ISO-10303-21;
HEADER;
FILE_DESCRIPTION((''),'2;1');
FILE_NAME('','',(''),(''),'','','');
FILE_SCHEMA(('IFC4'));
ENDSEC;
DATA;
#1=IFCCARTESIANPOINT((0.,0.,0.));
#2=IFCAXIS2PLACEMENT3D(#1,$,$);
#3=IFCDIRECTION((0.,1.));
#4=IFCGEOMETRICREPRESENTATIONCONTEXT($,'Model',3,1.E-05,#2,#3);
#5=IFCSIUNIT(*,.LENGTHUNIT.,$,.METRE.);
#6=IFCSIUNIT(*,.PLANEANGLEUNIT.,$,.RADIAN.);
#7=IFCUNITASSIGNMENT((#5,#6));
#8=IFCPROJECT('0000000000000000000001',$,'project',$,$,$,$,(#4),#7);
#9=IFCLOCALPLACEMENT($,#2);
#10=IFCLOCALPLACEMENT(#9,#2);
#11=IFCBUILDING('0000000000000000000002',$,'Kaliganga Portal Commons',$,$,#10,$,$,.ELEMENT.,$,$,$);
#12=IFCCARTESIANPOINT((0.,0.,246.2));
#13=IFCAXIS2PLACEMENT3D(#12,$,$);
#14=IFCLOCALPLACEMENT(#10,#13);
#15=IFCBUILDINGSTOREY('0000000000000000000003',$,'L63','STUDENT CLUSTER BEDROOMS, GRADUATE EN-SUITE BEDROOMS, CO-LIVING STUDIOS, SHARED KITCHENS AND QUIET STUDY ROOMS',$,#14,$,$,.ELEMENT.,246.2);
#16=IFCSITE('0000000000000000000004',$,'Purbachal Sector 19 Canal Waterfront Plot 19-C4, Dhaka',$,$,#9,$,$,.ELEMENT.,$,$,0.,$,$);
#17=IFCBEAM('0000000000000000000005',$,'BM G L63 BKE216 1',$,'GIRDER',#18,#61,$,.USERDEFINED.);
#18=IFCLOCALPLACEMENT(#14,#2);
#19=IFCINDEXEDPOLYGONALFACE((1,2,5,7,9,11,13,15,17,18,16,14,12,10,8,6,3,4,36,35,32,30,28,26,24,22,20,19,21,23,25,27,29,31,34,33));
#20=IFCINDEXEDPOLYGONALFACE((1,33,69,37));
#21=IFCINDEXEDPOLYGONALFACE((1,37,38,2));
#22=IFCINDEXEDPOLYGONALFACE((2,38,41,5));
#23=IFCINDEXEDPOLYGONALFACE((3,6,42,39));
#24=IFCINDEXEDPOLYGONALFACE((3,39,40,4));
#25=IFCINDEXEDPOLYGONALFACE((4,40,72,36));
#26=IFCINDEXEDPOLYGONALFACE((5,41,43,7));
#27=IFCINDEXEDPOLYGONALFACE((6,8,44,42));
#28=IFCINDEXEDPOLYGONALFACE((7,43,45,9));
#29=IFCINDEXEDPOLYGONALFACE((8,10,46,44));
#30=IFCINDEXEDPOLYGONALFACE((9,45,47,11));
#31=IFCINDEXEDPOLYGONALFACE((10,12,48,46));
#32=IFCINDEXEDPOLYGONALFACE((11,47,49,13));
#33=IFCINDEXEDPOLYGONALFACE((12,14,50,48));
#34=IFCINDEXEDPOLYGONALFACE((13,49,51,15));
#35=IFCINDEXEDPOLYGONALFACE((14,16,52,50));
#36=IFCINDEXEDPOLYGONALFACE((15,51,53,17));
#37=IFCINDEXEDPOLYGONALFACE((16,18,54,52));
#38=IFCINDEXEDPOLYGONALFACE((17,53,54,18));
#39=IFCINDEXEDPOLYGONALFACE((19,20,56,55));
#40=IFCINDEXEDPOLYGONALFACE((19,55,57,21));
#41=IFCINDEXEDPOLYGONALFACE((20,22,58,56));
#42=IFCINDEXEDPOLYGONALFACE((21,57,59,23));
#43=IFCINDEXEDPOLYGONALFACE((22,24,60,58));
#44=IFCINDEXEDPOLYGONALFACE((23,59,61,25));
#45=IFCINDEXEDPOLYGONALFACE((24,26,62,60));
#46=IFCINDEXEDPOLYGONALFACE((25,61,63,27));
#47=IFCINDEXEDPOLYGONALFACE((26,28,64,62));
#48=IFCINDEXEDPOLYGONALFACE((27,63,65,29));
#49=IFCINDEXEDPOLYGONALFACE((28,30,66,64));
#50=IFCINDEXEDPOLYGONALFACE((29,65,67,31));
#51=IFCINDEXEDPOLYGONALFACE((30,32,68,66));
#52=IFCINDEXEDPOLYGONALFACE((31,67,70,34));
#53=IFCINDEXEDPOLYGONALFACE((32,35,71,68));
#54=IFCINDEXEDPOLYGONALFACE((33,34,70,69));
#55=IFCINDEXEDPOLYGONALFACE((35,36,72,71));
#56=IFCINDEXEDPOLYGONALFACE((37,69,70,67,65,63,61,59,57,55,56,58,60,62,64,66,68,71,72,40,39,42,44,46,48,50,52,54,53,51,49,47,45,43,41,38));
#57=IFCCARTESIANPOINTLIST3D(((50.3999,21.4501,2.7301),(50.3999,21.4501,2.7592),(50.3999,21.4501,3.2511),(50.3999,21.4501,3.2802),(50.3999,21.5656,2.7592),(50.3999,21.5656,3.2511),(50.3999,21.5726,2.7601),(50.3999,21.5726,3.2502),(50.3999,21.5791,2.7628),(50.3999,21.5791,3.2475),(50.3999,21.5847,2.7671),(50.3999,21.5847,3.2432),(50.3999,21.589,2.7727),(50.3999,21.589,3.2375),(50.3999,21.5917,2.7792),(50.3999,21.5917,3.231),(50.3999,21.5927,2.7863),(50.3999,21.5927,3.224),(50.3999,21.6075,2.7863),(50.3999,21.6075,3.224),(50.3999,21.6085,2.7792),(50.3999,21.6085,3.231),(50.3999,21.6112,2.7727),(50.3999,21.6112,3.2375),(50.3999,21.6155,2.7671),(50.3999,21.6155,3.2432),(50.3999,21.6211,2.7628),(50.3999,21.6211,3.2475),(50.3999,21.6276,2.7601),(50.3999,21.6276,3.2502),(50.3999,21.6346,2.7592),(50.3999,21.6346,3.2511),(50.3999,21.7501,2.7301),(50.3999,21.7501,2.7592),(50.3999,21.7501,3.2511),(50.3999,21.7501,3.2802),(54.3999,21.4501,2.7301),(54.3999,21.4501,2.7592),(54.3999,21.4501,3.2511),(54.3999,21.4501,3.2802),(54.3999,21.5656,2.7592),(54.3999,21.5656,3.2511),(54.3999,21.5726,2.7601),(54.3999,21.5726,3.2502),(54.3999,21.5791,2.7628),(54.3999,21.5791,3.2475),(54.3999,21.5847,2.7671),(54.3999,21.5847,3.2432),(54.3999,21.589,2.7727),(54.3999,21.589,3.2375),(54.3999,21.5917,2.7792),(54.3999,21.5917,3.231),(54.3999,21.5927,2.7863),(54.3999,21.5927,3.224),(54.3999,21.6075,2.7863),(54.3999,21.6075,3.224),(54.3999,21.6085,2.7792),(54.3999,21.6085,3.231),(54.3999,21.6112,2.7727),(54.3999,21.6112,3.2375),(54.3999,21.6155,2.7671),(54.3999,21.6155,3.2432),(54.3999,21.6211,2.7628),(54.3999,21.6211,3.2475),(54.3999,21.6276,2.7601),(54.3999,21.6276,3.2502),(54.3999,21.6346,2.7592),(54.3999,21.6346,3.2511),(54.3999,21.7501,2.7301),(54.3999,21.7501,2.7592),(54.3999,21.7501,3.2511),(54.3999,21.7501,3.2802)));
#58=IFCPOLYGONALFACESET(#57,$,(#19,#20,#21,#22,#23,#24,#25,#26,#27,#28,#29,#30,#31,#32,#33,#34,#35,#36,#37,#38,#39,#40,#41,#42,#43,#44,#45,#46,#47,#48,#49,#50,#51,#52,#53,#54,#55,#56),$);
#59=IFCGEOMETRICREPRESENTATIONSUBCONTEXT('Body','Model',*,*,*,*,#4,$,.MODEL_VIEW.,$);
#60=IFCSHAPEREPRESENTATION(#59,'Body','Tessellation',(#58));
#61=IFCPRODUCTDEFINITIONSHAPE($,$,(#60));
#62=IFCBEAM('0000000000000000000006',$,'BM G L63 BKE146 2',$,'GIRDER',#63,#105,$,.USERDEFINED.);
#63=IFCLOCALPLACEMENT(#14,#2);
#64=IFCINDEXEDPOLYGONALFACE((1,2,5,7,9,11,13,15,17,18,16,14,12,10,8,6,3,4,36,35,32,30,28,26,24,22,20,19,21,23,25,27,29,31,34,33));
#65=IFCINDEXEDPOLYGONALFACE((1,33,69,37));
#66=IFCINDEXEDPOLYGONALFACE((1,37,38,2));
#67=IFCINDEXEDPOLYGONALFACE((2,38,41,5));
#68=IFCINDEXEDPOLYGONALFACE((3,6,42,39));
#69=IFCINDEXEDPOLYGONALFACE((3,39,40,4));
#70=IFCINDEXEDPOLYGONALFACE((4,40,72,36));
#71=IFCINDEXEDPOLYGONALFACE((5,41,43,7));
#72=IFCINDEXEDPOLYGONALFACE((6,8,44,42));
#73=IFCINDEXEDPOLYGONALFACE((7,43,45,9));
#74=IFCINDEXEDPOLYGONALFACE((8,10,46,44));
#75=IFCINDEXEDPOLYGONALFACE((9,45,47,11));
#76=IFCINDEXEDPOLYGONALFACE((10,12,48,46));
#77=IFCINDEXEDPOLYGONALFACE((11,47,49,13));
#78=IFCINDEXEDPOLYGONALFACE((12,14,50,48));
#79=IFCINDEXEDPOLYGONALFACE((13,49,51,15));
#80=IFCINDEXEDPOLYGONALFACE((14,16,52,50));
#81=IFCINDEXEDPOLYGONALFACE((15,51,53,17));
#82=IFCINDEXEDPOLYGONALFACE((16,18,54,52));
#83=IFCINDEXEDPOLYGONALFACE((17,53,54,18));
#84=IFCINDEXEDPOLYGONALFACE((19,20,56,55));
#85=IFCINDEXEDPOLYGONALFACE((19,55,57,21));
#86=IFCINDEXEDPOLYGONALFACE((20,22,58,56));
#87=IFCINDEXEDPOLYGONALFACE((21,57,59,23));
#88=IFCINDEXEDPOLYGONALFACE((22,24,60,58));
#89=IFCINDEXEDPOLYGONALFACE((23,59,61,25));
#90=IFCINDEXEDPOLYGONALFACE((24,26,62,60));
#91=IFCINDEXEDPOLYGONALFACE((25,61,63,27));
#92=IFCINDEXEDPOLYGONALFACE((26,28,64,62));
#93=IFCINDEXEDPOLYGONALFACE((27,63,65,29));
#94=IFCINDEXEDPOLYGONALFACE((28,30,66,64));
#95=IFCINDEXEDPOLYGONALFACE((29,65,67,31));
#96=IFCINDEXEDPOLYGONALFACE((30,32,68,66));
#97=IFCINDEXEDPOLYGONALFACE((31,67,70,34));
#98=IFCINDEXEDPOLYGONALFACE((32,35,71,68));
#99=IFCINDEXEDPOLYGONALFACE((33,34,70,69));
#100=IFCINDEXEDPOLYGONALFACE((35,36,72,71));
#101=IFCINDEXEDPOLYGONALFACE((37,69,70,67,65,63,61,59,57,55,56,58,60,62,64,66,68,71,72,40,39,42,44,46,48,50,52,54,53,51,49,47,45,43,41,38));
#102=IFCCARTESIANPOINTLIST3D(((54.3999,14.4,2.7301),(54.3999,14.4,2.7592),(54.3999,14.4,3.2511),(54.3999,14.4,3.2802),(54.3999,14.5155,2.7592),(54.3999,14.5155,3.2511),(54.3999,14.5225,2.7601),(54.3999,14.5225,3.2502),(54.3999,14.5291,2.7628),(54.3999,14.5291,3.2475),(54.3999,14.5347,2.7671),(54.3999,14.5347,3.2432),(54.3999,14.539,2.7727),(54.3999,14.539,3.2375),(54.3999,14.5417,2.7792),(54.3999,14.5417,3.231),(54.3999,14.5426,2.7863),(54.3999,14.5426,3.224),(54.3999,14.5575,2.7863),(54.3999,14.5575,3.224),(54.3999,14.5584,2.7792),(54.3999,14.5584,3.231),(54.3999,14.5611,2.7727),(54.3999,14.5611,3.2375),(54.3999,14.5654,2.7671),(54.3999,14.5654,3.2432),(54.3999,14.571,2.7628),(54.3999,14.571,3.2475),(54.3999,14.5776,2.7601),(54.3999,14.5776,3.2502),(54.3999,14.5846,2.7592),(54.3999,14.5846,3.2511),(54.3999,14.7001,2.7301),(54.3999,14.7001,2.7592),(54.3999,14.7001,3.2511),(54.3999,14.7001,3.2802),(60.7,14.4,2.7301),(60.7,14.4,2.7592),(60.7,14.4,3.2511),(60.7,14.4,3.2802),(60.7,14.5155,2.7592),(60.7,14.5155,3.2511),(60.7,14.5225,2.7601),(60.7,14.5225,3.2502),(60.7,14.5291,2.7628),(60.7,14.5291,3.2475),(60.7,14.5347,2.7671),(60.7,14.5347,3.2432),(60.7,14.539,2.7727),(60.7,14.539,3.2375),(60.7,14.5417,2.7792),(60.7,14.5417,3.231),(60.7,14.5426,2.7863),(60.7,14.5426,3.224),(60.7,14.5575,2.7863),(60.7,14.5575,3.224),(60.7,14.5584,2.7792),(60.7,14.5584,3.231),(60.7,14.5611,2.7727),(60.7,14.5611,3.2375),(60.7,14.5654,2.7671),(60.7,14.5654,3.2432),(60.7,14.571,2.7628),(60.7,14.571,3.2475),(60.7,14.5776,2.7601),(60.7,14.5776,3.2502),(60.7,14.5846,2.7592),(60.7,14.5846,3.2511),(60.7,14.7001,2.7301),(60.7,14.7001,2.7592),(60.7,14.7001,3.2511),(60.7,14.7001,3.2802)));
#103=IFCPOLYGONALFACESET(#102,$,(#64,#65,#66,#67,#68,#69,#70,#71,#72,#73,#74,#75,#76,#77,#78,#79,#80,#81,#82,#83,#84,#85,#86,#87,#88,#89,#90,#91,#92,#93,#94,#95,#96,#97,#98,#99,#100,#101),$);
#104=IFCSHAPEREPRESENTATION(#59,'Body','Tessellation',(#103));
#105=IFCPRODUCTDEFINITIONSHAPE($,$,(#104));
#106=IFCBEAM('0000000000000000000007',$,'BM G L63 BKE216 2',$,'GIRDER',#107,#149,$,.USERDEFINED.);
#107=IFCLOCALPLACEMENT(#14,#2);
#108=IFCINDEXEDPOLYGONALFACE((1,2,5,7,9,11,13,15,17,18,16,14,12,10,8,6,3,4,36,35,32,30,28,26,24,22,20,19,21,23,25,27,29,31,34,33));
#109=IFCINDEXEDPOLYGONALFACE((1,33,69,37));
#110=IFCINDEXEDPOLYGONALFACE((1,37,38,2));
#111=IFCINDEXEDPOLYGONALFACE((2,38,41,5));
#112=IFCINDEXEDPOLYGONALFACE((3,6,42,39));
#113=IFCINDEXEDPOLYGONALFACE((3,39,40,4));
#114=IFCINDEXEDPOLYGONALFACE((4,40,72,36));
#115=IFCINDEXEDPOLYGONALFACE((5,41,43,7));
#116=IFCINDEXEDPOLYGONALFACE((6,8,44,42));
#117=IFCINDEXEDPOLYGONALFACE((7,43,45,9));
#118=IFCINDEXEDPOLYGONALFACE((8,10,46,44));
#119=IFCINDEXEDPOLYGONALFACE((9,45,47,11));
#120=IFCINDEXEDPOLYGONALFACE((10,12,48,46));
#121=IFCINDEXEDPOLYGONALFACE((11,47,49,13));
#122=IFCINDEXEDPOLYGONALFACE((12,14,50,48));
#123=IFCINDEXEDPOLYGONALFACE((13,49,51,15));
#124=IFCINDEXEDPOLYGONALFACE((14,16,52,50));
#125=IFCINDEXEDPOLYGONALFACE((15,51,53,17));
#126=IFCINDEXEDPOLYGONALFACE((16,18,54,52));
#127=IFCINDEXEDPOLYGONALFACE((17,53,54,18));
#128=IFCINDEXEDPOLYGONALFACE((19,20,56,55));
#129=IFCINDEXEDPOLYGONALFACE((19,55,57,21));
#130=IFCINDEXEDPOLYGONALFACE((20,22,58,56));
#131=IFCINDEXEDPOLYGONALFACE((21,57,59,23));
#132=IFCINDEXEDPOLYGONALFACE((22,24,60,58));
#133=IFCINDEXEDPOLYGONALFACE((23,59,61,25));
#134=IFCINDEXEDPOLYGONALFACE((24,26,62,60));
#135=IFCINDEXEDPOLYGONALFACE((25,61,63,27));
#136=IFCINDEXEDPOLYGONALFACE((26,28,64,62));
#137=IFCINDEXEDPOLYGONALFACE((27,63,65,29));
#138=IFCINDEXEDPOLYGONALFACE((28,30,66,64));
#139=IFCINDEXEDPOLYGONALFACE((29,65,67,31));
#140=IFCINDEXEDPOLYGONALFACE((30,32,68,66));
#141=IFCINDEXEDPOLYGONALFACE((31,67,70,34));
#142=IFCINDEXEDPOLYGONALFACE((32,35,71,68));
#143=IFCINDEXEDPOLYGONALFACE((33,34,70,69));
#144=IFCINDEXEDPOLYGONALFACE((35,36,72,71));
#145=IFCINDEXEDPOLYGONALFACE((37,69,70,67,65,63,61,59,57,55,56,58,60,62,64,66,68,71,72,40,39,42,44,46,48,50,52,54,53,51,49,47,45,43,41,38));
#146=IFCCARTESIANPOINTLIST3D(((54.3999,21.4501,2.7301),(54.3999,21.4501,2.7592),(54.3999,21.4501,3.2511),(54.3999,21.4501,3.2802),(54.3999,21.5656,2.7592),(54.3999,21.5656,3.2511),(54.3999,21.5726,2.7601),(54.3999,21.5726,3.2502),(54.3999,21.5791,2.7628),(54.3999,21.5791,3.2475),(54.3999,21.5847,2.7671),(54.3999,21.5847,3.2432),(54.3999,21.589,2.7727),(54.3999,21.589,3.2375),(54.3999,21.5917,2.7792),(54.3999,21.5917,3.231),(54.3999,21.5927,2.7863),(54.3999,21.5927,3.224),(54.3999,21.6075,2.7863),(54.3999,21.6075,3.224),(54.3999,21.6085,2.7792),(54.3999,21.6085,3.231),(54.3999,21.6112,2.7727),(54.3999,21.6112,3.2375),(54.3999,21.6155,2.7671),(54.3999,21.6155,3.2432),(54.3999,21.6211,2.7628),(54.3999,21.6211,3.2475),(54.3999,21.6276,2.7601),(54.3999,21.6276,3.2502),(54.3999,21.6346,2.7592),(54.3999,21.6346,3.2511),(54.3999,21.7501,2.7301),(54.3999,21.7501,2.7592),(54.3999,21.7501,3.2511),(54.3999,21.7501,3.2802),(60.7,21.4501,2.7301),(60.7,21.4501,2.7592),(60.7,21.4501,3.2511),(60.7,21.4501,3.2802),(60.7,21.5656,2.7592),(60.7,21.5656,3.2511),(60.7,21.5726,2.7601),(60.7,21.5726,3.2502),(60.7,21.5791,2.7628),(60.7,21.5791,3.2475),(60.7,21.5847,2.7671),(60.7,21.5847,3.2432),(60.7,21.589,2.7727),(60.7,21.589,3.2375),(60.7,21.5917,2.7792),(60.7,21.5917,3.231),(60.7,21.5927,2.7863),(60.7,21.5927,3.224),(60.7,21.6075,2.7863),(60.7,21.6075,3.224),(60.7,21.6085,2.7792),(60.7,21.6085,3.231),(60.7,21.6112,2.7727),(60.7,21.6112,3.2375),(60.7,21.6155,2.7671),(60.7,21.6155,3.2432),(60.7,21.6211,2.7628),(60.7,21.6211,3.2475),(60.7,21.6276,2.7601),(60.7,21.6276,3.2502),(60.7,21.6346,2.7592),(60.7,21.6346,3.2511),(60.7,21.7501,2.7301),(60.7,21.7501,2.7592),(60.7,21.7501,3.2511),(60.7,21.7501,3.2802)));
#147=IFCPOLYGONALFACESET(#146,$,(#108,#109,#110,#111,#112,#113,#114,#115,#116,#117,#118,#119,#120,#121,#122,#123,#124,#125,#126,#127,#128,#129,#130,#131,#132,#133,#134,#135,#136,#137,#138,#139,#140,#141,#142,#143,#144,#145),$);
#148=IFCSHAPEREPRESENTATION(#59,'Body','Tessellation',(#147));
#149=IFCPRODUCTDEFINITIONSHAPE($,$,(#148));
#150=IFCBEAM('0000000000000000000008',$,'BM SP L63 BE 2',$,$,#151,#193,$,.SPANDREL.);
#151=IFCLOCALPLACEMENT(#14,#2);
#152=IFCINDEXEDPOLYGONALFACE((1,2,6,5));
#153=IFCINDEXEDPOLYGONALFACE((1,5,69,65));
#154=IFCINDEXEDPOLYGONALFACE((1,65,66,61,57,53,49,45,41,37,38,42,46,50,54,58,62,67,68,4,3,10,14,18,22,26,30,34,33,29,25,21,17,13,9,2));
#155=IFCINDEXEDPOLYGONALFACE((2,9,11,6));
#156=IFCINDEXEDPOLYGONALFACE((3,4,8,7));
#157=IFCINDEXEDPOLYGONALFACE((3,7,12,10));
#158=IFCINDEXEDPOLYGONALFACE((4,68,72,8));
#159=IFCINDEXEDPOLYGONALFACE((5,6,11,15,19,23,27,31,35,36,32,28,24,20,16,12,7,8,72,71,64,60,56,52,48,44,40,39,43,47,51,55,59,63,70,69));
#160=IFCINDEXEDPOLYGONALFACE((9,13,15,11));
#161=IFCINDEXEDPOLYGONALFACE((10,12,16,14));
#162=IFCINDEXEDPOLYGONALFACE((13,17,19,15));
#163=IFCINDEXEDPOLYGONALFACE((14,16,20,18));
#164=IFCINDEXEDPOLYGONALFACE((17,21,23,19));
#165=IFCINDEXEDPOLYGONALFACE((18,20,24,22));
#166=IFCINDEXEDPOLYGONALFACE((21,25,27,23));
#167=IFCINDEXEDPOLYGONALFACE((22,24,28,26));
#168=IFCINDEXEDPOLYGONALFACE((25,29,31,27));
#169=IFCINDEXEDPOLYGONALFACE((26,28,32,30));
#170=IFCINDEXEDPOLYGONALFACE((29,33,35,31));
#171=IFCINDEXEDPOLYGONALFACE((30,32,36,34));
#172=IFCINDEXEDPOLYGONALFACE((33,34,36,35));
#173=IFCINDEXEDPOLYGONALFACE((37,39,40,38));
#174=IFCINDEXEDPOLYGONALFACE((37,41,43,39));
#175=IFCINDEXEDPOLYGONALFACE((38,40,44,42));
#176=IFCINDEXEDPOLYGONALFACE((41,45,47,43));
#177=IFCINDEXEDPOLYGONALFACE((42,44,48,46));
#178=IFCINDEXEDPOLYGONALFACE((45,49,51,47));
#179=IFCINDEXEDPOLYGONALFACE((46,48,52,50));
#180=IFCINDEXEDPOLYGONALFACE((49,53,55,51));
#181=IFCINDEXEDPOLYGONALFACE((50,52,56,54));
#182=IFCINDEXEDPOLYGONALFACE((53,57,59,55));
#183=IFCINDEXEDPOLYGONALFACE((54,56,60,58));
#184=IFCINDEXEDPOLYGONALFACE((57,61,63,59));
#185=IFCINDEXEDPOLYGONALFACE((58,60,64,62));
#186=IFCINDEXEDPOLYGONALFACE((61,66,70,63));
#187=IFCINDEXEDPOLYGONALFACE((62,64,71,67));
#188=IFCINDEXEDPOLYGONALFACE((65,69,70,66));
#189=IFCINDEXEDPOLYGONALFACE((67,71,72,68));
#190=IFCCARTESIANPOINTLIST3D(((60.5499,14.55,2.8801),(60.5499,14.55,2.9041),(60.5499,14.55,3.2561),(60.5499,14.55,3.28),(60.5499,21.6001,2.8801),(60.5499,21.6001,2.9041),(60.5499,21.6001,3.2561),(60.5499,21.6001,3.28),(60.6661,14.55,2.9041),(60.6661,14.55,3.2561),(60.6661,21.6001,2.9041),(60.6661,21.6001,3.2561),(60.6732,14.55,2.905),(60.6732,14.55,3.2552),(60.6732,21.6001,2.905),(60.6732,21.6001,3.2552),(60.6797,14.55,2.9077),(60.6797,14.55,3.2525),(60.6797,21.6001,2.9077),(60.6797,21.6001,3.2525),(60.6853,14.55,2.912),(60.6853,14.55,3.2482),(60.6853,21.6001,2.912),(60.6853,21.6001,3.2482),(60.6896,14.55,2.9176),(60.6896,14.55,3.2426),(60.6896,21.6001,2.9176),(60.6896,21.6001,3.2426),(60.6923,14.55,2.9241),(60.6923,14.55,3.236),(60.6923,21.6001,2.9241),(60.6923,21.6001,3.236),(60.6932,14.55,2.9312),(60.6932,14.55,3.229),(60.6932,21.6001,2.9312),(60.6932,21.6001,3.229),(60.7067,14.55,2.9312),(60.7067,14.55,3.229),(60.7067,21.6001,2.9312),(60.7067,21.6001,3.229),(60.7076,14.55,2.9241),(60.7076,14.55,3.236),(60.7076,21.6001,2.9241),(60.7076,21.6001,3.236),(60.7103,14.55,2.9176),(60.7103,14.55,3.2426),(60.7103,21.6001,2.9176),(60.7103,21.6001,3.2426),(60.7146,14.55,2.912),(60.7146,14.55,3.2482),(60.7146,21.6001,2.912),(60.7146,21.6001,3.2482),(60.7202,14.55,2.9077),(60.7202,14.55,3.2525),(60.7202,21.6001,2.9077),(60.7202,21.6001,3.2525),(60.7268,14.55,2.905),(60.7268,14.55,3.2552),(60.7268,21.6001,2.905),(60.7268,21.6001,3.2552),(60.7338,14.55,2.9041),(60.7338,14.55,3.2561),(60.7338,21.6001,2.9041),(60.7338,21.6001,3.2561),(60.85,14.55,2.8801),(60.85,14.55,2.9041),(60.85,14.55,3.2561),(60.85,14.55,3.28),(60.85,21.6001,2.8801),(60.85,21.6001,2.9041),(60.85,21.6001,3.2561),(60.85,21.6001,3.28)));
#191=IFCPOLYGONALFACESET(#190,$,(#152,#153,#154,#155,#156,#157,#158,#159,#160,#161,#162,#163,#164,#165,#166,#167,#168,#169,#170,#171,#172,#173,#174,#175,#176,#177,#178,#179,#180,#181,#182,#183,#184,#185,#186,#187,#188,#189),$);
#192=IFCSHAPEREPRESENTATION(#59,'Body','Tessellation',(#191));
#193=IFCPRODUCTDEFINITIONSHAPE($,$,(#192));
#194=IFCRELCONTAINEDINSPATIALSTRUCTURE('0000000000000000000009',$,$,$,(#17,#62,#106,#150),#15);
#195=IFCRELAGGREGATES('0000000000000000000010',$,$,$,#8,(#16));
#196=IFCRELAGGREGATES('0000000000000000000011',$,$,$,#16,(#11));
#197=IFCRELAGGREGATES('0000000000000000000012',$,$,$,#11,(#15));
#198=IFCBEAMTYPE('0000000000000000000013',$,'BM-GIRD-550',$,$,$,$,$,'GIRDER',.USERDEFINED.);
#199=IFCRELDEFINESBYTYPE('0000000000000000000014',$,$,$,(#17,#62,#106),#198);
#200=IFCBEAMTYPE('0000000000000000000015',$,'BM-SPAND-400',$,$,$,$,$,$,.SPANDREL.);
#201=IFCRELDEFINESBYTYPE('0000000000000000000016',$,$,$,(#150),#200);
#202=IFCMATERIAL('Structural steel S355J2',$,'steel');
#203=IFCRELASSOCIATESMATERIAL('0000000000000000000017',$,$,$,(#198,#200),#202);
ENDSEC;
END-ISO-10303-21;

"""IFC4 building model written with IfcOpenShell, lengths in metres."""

from ifc_helpers import new_model, si_unit, direction, frame, origin, origin_2d, place, context, subcontext, project, spatial, i_section, extrude, source, transform, mapped, material, material_profile, profile_set, type_object, element, save


model = new_model("IFC4")

# Units and contexts
model_context = context("Model", 3, precision=1e-05, world=origin(), true_north=direction((0.0, 1.0)))
body_context = subcontext(model_context, "Body", "Model", "MODEL_VIEW")
ifc_project = project(units=[si_unit("LENGTHUNIT", "METRE"), si_unit("PLANEANGLEUNIT", "RADIAN")], contexts=[model_context])

# Site, building, storey
site_placement = place(None, origin())
site = spatial("IfcSite", under=ifc_project, at=site_placement, Name="Purbachal Sector 19 Canal Waterfront Plot 19-C4, Dhaka", CompositionType="ELEMENT", RefElevation=0.0)
building_placement = place(site_placement, origin())
building = spatial("IfcBuilding", under=site, at=building_placement, Name="Kaliganga Portal Commons", CompositionType="ELEMENT")
storey_placement = place(building_placement, frame((0.0, 0.0, 246.2)))
storey = spatial("IfcBuildingStorey", under=building, at=storey_placement, Name="L63", Description="STUDENT CLUSTER BEDROOMS, GRADUATE EN-SUITE BEDROOMS, CO-LIVING STUDIOS, SHARED KITCHENS AND QUIET STUDY ROOMS", CompositionType="ELEMENT", Elevation=246.2)

# Shared definitions
ifc_material_1 = material(Name="Structural steel S355J2", Category="steel")

# Beams
ifc_material_profile_1 = material_profile(ifc_material_1, i_section(OverallWidth=0.3, OverallDepth=0.55, WebThickness=0.0149, FlangeThickness=0.0291, FilletRadius=0.0271, at=origin_2d()), Name="HE 550 B")
ifc_profile_set_1 = profile_set([ifc_material_profile_1], Name="Structural steel S355J2 wide-flange")
beam_type_1 = type_object("IfcBeamType", Name="BM-GIRD-550", ElementType="GIRDER", PredefinedType="USERDEFINED", material=ifc_profile_set_1)
shared_shape_1 = source(origin(), body_context, "Body", "SweptSolid", [
    extrude(i_section(OverallWidth=0.3, OverallDepth=0.55, WebThickness=0.0149, FlangeThickness=0.0291, FilletRadius=0.0271, at=origin_2d()), origin(), (0.0, 0.0, 1.0), 4.0),
])
for number, where, z_axis, x_axis, name in (
    (1, (50.3999, 21.6001, 3.0051), (1.0, 0.0, 0.0), (0.0, 1.0, 0.0), "BM G L63 BKE216 1"),
):
    element("IfcBeam", number, at=place(storey_placement, frame(where, z_axis=z_axis, x_axis=x_axis)), inside=storey, type_object=beam_type_1, Name=name, ObjectType="GIRDER", PredefinedType="USERDEFINED", context=body_context, shape_type="MappedRepresentation", body=[
        mapped(shared_shape_1, transform((0.0, 0.0, 0.0), x_axis=(1.0, 0.0, 0.0), y_axis=(0.0, 1.0, 0.0), z_axis=(0.0, 0.0, 1.0), scale=1.0)),
    ])
shared_shape_2 = source(origin(), body_context, "Body", "SweptSolid", [
    extrude(i_section(OverallWidth=0.3, OverallDepth=0.55, WebThickness=0.0149, FlangeThickness=0.0291, FilletRadius=0.0271, at=origin_2d()), origin(), (0.0, 0.0, 1.0), 6.3),
])
for number, where, z_axis, x_axis, name in (
    (2, (54.3999, 14.55, 3.0051), (1.0, 0.0, 0.0), (0.0, 1.0, 0.0), "BM G L63 BKE146 2"),
    (3, (54.3999, 21.6001, 3.0051), (1.0, 0.0, 0.0), (0.0, 1.0, 0.0), "BM G L63 BKE216 2"),
):
    element("IfcBeam", number, at=place(storey_placement, frame(where, z_axis=z_axis, x_axis=x_axis)), inside=storey, type_object=beam_type_1, Name=name, ObjectType="GIRDER", PredefinedType="USERDEFINED", context=body_context, shape_type="MappedRepresentation", body=[
        mapped(shared_shape_2, transform((0.0, 0.0, 0.0), x_axis=(1.0, 0.0, 0.0), y_axis=(0.0, 1.0, 0.0), z_axis=(0.0, 0.0, 1.0), scale=1.0)),
    ])
ifc_material_profile_2 = material_profile(ifc_material_1, i_section(OverallWidth=0.3, OverallDepth=0.3999, WebThickness=0.0134, FlangeThickness=0.0239, FilletRadius=0.0271, at=origin_2d()), Name="HE 400 B")
ifc_profile_set_2 = profile_set([ifc_material_profile_2], Name="Structural steel S355J2 wide-flange")
beam_type_2 = type_object("IfcBeamType", Name="BM-SPAND-400", PredefinedType="SPANDREL", material=ifc_profile_set_2)
shared_shape_3 = source(origin(), body_context, "Body", "SweptSolid", [
    extrude(i_section(OverallWidth=0.3, OverallDepth=0.3999, WebThickness=0.0134, FlangeThickness=0.0239, FilletRadius=0.0271, at=origin_2d()), origin(), (0.0, 0.0, 1.0), 7.05),
])
beam_1_placement = place(storey_placement, frame((60.7, 14.55, 3.0801), z_axis=(0.0, 1.0, 0.0), x_axis=(-1.0, 0.0, 0.0)))
element("IfcBeam", 4, at=beam_1_placement, inside=storey, type_object=beam_type_2, Name="BM SP L63 BE 2", PredefinedType="SPANDREL", context=body_context, shape_type="MappedRepresentation", body=[
    mapped(shared_shape_3, transform((0.0, 0.0, 0.0), x_axis=(1.0, 0.0, 0.0), y_axis=(0.0, 1.0, 0.0), z_axis=(0.0, 0.0, 1.0), scale=1.0)),
])

save(model, "model.ifc")
